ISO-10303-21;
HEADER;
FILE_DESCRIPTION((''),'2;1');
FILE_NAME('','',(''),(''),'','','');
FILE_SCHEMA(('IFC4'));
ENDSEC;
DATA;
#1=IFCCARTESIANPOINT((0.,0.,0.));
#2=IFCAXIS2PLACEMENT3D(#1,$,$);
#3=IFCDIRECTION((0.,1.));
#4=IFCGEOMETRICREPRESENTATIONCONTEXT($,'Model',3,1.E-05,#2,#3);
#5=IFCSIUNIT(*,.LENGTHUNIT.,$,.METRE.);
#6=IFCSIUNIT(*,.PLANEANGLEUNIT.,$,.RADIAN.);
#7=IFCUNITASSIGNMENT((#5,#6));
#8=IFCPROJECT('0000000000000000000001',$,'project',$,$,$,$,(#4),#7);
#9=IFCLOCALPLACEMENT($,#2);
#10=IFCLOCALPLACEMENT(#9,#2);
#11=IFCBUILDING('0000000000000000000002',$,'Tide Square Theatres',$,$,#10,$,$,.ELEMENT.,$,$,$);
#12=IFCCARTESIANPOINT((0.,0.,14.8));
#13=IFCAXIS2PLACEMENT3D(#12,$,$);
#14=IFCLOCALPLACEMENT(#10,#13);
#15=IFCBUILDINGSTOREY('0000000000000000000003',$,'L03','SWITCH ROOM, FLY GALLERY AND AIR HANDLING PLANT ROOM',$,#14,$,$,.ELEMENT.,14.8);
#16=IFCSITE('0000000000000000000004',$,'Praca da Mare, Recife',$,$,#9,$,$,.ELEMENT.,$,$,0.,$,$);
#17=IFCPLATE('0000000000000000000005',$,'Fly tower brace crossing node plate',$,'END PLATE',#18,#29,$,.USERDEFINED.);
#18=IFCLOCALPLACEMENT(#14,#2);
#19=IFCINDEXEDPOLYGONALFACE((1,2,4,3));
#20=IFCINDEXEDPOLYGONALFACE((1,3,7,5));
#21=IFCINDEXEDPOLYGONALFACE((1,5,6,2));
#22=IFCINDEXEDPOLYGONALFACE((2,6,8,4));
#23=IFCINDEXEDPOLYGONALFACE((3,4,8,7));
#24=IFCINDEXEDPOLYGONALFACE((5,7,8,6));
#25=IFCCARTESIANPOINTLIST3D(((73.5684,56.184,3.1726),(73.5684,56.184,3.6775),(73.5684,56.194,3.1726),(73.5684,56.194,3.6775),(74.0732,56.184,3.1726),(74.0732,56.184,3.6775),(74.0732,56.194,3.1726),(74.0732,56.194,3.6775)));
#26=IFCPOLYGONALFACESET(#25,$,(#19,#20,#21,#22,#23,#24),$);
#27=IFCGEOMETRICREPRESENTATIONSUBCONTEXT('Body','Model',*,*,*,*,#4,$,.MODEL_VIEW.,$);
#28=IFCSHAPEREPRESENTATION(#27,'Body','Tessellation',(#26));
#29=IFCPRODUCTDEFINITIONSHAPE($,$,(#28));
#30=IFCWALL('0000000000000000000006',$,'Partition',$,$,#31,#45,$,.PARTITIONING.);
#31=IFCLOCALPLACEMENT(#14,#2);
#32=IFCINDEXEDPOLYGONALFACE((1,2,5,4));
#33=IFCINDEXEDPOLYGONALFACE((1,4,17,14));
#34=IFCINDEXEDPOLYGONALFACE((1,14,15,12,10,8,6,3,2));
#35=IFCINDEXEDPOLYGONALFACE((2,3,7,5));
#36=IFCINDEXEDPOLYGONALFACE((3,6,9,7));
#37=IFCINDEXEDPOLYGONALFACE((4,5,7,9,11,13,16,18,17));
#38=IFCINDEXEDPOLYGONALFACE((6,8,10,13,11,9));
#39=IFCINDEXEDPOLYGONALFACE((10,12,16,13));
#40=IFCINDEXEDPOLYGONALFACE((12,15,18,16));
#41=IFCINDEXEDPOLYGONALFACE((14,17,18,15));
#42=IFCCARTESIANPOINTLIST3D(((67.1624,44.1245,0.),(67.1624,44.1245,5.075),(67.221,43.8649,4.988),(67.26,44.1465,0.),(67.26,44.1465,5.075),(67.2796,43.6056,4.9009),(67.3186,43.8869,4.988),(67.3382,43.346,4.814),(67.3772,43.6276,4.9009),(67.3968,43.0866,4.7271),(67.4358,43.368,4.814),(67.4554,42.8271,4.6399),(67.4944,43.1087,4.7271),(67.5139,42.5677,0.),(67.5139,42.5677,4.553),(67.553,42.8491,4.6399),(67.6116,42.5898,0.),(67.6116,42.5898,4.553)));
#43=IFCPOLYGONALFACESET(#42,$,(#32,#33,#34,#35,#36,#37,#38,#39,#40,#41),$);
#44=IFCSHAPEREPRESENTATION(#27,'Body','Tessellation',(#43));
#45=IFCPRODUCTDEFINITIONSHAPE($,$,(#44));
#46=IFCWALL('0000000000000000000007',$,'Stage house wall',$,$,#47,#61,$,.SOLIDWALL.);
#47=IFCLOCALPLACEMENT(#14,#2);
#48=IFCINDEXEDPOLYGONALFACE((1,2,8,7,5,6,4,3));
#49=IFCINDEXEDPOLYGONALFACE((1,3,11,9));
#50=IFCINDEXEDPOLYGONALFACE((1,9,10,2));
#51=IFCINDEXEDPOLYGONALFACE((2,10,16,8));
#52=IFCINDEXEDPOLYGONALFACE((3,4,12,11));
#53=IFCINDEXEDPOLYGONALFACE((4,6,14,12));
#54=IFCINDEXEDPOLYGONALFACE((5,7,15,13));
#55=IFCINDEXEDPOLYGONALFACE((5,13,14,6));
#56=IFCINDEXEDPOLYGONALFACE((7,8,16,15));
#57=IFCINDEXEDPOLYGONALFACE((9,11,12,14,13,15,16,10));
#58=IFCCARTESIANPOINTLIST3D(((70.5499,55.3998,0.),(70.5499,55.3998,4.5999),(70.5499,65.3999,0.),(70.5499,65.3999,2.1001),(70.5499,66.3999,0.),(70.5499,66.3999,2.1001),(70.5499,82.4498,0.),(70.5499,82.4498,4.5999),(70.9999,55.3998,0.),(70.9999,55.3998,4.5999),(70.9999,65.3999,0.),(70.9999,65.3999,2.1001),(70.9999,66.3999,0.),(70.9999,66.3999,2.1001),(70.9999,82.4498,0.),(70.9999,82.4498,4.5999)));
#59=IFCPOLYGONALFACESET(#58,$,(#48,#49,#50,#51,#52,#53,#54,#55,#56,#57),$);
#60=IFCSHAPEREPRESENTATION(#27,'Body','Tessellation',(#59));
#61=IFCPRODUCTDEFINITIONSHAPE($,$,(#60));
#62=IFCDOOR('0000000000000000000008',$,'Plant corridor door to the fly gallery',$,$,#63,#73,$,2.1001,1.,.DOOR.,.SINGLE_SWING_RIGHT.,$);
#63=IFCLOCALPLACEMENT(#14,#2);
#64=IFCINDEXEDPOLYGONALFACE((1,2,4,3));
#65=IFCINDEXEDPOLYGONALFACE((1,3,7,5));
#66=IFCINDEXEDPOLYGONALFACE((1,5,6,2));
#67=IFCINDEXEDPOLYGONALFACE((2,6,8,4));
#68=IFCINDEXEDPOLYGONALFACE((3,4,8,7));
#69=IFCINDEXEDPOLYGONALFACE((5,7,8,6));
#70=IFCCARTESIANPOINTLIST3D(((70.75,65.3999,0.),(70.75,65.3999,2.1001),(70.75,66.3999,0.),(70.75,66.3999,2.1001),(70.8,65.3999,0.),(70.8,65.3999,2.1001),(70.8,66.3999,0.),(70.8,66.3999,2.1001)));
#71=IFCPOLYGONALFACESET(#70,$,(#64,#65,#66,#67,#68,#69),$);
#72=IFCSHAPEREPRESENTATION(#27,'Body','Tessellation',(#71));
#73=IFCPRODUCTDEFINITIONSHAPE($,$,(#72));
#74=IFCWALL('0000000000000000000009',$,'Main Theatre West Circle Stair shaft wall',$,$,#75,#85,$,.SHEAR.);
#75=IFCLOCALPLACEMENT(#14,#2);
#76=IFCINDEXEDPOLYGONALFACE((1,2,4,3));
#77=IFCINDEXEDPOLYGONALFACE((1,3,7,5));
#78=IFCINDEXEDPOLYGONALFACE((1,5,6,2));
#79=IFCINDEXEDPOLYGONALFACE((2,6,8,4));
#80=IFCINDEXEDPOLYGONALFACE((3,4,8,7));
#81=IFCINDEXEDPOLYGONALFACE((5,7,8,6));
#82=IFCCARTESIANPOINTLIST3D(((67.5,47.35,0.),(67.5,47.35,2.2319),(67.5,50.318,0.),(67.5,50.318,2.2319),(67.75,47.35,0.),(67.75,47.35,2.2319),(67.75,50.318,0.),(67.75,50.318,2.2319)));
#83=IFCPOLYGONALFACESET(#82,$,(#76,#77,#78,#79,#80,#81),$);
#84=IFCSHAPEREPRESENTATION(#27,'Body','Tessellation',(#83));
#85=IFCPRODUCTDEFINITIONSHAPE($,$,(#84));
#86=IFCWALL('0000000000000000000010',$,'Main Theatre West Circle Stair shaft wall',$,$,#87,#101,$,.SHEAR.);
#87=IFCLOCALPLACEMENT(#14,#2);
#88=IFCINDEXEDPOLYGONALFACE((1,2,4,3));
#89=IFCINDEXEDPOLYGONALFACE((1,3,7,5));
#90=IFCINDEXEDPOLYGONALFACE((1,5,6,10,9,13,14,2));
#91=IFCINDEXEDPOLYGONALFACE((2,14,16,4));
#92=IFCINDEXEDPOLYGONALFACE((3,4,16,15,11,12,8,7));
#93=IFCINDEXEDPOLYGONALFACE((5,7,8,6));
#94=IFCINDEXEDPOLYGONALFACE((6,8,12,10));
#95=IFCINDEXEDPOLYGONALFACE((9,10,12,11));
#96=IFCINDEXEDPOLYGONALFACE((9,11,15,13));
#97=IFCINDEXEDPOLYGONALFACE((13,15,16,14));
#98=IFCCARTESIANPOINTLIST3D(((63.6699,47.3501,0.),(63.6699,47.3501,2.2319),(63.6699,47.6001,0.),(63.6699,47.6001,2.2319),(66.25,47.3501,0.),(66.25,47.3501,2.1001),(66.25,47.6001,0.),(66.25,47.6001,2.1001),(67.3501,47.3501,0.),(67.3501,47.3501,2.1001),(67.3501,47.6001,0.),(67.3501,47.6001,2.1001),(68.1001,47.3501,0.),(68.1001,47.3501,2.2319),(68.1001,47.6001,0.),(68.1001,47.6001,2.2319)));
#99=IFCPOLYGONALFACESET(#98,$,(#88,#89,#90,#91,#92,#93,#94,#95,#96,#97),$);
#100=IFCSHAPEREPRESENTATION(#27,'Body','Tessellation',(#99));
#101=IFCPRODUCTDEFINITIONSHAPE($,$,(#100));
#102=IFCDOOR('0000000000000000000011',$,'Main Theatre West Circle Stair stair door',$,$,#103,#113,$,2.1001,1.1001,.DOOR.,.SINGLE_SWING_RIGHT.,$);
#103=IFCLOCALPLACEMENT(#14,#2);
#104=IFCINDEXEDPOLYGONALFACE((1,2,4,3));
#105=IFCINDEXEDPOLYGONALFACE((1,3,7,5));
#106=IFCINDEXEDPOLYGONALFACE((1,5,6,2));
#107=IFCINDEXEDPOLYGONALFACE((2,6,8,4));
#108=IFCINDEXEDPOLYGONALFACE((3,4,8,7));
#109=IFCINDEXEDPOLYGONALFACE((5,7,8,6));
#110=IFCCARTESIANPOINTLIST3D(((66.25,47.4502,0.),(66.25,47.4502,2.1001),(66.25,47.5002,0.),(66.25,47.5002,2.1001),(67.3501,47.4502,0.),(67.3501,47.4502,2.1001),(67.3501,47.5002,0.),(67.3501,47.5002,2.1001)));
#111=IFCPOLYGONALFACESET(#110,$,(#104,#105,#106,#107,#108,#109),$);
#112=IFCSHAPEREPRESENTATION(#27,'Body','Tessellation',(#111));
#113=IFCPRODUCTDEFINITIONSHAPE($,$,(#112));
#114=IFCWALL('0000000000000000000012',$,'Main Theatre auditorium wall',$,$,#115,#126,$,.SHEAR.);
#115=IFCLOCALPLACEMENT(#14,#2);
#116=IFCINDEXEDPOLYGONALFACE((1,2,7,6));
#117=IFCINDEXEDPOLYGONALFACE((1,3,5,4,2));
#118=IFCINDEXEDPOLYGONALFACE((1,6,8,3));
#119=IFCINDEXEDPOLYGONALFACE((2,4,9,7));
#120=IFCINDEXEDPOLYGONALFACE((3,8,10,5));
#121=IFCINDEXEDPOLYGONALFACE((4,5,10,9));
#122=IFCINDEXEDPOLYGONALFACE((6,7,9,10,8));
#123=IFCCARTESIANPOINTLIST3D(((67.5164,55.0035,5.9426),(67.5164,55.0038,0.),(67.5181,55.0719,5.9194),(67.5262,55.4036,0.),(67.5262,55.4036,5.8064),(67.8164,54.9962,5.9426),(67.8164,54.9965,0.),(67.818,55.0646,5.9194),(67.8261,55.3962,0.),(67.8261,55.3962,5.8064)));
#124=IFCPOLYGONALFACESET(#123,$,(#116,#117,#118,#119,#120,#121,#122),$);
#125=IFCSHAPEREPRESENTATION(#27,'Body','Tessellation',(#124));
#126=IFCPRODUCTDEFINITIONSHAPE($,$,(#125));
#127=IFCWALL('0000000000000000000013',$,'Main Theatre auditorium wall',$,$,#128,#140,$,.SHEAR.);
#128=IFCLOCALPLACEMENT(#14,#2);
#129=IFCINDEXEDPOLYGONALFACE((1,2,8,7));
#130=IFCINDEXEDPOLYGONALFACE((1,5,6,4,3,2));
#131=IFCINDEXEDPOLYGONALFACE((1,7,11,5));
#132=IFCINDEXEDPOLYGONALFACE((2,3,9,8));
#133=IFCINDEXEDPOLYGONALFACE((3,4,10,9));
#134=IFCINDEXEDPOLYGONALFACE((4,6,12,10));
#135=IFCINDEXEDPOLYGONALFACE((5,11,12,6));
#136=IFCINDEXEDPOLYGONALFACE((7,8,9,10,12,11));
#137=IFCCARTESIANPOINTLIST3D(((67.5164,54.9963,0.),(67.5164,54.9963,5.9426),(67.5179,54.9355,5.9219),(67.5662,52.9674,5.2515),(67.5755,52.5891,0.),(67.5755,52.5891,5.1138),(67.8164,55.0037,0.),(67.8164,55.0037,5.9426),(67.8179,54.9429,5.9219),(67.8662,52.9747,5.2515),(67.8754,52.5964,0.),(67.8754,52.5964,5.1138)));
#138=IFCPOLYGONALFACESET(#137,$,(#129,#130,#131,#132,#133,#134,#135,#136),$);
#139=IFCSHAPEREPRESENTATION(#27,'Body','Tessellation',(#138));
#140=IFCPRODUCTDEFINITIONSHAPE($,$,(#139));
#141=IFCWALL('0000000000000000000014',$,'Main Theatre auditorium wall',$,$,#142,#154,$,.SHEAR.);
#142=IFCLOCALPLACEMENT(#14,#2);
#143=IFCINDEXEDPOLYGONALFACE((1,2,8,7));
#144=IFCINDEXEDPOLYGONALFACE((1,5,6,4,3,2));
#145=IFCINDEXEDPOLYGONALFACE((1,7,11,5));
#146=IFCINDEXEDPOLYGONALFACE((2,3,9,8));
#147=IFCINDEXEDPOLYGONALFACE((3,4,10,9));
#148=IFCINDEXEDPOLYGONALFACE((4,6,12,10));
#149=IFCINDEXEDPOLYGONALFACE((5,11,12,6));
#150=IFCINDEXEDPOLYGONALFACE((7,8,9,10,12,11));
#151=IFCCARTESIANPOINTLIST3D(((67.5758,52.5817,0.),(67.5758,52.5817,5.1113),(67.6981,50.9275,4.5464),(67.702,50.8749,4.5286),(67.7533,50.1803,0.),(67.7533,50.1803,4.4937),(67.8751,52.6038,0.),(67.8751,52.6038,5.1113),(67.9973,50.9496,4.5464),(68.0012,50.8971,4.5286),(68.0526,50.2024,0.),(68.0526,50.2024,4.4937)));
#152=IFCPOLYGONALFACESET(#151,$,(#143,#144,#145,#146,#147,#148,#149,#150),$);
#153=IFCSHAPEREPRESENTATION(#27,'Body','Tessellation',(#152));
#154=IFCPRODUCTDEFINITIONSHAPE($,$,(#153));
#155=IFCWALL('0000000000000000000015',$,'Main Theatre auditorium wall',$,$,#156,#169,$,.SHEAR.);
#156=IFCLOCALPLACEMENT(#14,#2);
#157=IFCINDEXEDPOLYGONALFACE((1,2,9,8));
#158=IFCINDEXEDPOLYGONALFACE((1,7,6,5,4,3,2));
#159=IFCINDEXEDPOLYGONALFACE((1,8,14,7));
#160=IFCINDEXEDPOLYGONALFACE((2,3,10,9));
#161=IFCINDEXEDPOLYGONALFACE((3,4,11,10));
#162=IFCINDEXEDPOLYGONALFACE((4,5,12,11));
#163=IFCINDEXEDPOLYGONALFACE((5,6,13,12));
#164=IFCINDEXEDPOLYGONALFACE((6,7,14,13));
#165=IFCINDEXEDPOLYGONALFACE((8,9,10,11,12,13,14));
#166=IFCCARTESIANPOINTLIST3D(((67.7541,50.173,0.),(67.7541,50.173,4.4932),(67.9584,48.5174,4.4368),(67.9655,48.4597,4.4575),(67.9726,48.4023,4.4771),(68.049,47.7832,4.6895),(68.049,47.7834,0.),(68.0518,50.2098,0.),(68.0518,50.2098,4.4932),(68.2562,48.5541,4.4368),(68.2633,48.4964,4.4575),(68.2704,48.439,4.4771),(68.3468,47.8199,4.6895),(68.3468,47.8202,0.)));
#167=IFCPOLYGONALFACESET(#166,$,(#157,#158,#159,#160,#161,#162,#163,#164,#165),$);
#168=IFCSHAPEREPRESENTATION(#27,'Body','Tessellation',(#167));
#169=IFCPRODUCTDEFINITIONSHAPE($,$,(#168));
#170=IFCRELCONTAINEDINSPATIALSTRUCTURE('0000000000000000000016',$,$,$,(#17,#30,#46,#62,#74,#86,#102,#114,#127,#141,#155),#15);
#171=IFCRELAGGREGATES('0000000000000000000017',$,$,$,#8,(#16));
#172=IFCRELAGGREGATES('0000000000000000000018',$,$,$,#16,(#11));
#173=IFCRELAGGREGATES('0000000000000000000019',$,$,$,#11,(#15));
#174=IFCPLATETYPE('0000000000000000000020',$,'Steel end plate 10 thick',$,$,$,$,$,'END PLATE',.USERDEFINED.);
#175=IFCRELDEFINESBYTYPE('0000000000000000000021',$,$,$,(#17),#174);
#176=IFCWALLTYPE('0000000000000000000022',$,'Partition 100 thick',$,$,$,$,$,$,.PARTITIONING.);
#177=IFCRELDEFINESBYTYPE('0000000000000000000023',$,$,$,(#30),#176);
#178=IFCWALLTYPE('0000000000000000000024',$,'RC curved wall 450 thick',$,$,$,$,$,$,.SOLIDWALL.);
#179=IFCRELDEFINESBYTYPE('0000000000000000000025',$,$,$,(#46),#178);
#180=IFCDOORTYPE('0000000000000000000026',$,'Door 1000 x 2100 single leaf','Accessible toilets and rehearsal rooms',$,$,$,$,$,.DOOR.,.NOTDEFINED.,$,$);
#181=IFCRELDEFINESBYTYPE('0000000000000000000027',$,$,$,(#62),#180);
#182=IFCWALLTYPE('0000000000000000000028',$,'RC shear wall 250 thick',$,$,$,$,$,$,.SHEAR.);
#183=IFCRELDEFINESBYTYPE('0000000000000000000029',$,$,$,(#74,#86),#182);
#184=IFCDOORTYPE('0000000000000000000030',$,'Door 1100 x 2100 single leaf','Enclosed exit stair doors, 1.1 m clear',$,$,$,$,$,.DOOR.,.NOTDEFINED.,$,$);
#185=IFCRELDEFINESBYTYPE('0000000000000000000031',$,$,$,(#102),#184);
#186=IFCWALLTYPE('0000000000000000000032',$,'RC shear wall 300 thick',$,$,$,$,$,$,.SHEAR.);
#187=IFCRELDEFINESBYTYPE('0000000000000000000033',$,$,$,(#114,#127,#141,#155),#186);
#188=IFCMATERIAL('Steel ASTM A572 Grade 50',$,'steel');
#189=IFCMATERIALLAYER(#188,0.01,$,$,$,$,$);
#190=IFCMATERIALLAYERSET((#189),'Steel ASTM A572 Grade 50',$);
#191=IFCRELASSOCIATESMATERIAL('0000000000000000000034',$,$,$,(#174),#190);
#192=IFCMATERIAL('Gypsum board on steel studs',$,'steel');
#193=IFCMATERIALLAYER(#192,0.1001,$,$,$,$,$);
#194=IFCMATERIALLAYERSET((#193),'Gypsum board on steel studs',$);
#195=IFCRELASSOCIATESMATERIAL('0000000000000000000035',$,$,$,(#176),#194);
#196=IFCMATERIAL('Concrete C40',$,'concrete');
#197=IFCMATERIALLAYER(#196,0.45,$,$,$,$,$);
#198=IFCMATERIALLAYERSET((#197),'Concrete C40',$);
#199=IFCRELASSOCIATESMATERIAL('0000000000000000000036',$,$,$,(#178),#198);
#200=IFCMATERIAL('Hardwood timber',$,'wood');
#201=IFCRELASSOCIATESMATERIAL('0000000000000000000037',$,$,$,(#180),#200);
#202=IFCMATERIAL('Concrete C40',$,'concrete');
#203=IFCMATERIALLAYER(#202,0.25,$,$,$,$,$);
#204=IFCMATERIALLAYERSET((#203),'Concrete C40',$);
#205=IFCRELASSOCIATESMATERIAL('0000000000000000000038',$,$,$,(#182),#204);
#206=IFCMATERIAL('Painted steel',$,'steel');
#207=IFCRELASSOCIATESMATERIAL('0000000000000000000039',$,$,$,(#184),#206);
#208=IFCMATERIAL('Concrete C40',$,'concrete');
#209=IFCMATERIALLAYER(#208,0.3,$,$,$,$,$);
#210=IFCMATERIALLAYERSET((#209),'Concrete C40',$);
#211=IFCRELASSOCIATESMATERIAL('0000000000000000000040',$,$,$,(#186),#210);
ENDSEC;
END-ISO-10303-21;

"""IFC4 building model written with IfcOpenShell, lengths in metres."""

from ifc_helpers import new_model, si_unit, direction, frame, frame_2d, origin, origin_2d, place, context, subcontext, project, spatial, polyline, rectangle, outline, extrude, material, layer, layer_set, type_object, element, fill, save


model = new_model("IFC4")

# Units and contexts
model_context = context("Model", 3, precision=1e-05, world=origin(), true_north=direction((0.0, 1.0)))
body_context = subcontext(model_context, "Body", "Model", "MODEL_VIEW")
ifc_project = project(units=[si_unit("LENGTHUNIT", "METRE"), si_unit("PLANEANGLEUNIT", "RADIAN")], contexts=[model_context])

# Site, building, storey
site_placement = place(None, origin())
site = spatial("IfcSite", under=ifc_project, at=site_placement, Name="Praca da Mare, Recife", CompositionType="ELEMENT", RefElevation=0.0)
building_placement = place(site_placement, origin())
building = spatial("IfcBuilding", under=site, at=building_placement, Name="Tide Square Theatres", CompositionType="ELEMENT")
storey_placement = place(building_placement, frame((0.0, 0.0, 14.8)))
storey = spatial("IfcBuildingStorey", under=building, at=storey_placement, Name="L03", Description="SWITCH ROOM, FLY GALLERY AND AIR HANDLING PLANT ROOM", CompositionType="ELEMENT", Elevation=14.8)

# Plate
ifc_material_1 = material(Name="Steel ASTM A572 Grade 50", Category="steel")
ifc_layer_1 = layer(ifc_material_1, 0.01)
ifc_layer_set_1 = layer_set([ifc_layer_1], Name="Steel ASTM A572 Grade 50")
plate_type = type_object("IfcPlateType", Name="Steel end plate 10 thick", ElementType="END PLATE", PredefinedType="USERDEFINED", material=ifc_layer_set_1)
plate_placement = place(storey_placement, frame((73.8208, 56.189, 3.1726), z_axis=(0.0, 0.0, 1.0), x_axis=(0.0, -1.0, 0.0)))
element("IfcPlate", 1, at=plate_placement, inside=storey, type_object=plate_type, Name="Fly tower brace crossing node plate", ObjectType="END PLATE", PredefinedType="USERDEFINED", context=body_context, shape_type="SweptSolid", body=[
    extrude(rectangle(XDim=0.01, YDim=0.5049, at=origin_2d()), origin(), (0.0, 0.0, 1.0), 0.5049),
])

# Wall
ifc_material_2 = material(Name="Gypsum board on steel studs", Category="steel")
ifc_layer_2 = layer(ifc_material_2, 0.1001)
ifc_layer_set_2 = layer_set([ifc_layer_2], Name="Gypsum board on steel studs")
wall_type_1 = type_object("IfcWallType", Name="Partition 100 thick", PredefinedType="PARTITIONING", material=ifc_layer_set_2)
wall_1_placement = place(storey_placement, frame((67.2112, 44.1355, 0.0), z_axis=(0.0, 0.0, 1.0), x_axis=(0.220298, -0.975433, 0.0)))
element("IfcWall", 2, at=wall_1_placement, inside=storey, type_object=wall_type_1, Name="Partition", PredefinedType="PARTITIONING", context=body_context, shape_type="SweptSolid", body=[
    extrude(outline(polyline([(0.0, 0.0), (1.5959, 0.0), (1.5959, 4.553), (1.3301, 4.6399), (1.064, 4.7271), (0.7981, 4.814), (0.532, 4.9009), (0.2661, 4.988), (0.0, 5.075), (0.0, 0.0)])), frame((0.0, 0.05, 0.0), z_axis=(0.0, -1.0, 0.0), x_axis=(1.0, 0.0, 0.0)), (0.0, 0.0, 1.0), 0.1001),
])

# Wall, opening, door
ifc_material_3 = material(Name="Concrete C40", Category="concrete")
ifc_layer_3 = layer(ifc_material_3, 0.45)
ifc_layer_set_3 = layer_set([ifc_layer_3], Name="Concrete C40")
wall_type_2 = type_object("IfcWallType", Name="RC curved wall 450 thick", PredefinedType="SOLIDWALL", material=ifc_layer_set_3)
wall_2_placement = place(storey_placement, frame((70.7749, 55.3999, 0.0), z_axis=(0.0, 0.0, 1.0), x_axis=(0.0, 1.0, 0.0)))
wall_2 = element("IfcWall", 3, at=wall_2_placement, inside=storey, type_object=wall_type_2, Name="Stage house wall", PredefinedType="SOLIDWALL", context=body_context, shape_type="SweptSolid", body=[
    extrude(rectangle(XDim=27.05, YDim=0.45, at=frame_2d((13.5249, 0.0))), origin(), (0.0, 0.0, 1.0), 4.5999),
])
opening_1_placement = place(wall_2_placement, frame((10.0, 0.0, 0.0)))
opening_1 = element("IfcOpeningElement", 4, at=opening_1_placement, cuts=wall_2, PredefinedType="OPENING", context=body_context, shape_type="SweptSolid", body=[
    extrude(rectangle(XDim=1.0, YDim=2.1001, at=frame_2d((0.5, 1.05))), frame((0.0, 0.2349, 0.0), z_axis=(0.0, -1.0, 0.0), x_axis=(1.0, 0.0, 0.0)), (0.0, 0.0, 1.0), 0.47),
])
ifc_material_4 = material(Name="Hardwood timber", Category="wood")
door_type_1 = type_object("IfcDoorType", Name="Door 1000 x 2100 single leaf", Description="Accessible toilets and rehearsal rooms", OperationType="NOTDEFINED", PredefinedType="DOOR", material=ifc_material_4)
door_1_placement = place(opening_1_placement, origin())
door_1 = element("IfcDoor", 5, at=door_1_placement, inside=storey, type_object=door_type_1, Name="Plant corridor door to the fly gallery", OperationType="SINGLE_SWING_RIGHT", OverallHeight=2.1001, OverallWidth=1.0, PredefinedType="DOOR", context=body_context, shape_type="SweptSolid", body=[
    extrude(rectangle(XDim=1.0, YDim=2.1001, at=frame_2d((0.5, 1.05))), frame((0.0, 0.0249, 0.0), z_axis=(0.0, -1.0, 0.0), x_axis=(1.0, 0.0, 0.0)), (0.0, 0.0, 1.0), 0.05),
])
fill(opening_1, door_1)

# Wall
ifc_material_5 = material(Name="Concrete C40", Category="concrete")
ifc_layer_4 = layer(ifc_material_5, 0.25)
ifc_layer_set_4 = layer_set([ifc_layer_4], Name="Concrete C40")
wall_type_3 = type_object("IfcWallType", Name="RC shear wall 250 thick", PredefinedType="SHEAR", material=ifc_layer_set_4)
wall_3_placement = place(storey_placement, frame((67.625, 47.3501, 0.0), z_axis=(0.0, 0.0, 1.0), x_axis=(0.0, 1.0, 0.0)))
element("IfcWall", 6, at=wall_3_placement, inside=storey, type_object=wall_type_3, Name="Main Theatre West Circle Stair shaft wall", PredefinedType="SHEAR", context=body_context, shape_type="SweptSolid", body=[
    extrude(rectangle(XDim=2.968, YDim=0.25, at=frame_2d((1.4839, 0.0))), origin(), (0.0, 0.0, 1.0), 2.2319),
])

# Wall, opening, door
wall_4_placement = place(storey_placement, frame((68.1001, 47.4751, 0.0), z_axis=(0.0, 0.0, 1.0), x_axis=(-1.0, 0.0, 0.0)))
wall_4 = element("IfcWall", 7, at=wall_4_placement, inside=storey, type_object=wall_type_3, Name="Main Theatre West Circle Stair shaft wall", PredefinedType="SHEAR", context=body_context, shape_type="SweptSolid", body=[
    extrude(rectangle(XDim=4.4302, YDim=0.25, at=frame_2d((2.2151, 0.0))), origin(), (0.0, 0.0, 1.0), 2.2319),
])
opening_2_placement = place(wall_4_placement, frame((0.75, 0.0, 0.0)))
opening_2 = element("IfcOpeningElement", 8, at=opening_2_placement, cuts=wall_4, PredefinedType="OPENING", context=body_context, shape_type="SweptSolid", body=[
    extrude(rectangle(XDim=1.1001, YDim=2.1001, at=frame_2d((0.55, 1.05))), frame((0.0, 0.135, 0.0), z_axis=(0.0, -1.0, 0.0), x_axis=(1.0, 0.0, 0.0)), (0.0, 0.0, 1.0), 0.27),
])
ifc_material_6 = material(Name="Painted steel", Category="steel")
door_type_2 = type_object("IfcDoorType", Name="Door 1100 x 2100 single leaf", Description="Enclosed exit stair doors, 1.1 m clear", OperationType="NOTDEFINED", PredefinedType="DOOR", material=ifc_material_6)
door_2_placement = place(opening_2_placement, origin())
door_2 = element("IfcDoor", 9, at=door_2_placement, inside=storey, type_object=door_type_2, Name="Main Theatre West Circle Stair stair door", OperationType="SINGLE_SWING_RIGHT", OverallHeight=2.1001, OverallWidth=1.1001, PredefinedType="DOOR", context=body_context, shape_type="SweptSolid", body=[
    extrude(rectangle(XDim=1.1001, YDim=2.1001, at=frame_2d((0.55, 1.05))), frame((0.0, 0.0249, 0.0), z_axis=(0.0, -1.0, 0.0), x_axis=(1.0, 0.0, 0.0)), (0.0, 0.0, 1.0), 0.05),
])
fill(opening_2, door_2)

# Walls
ifc_material_7 = material(Name="Concrete C40", Category="concrete")
ifc_layer_5 = layer(ifc_material_7, 0.3)
ifc_layer_set_5 = layer_set([ifc_layer_5], Name="Concrete C40")
wall_type_4 = type_object("IfcWallType", Name="RC shear wall 300 thick", PredefinedType="SHEAR", material=ifc_layer_set_5)
wall_5_placement = place(storey_placement, frame((67.6763, 55.3999, 0.0), z_axis=(0.0, 0.0, 1.0), x_axis=(-0.024413, -0.999702, 0.0)))
element("IfcWall", 10, at=wall_5_placement, inside=storey, type_object=wall_type_4, Name="Main Theatre auditorium wall", PredefinedType="SHEAR", context=body_context, shape_type="SweptSolid", body=[
    extrude(outline(polyline([(0.0, 0.0), (0.3999, 0.0), (0.4001, 5.9426), (0.3318, 5.9194), (0.0, 5.8064), (0.0, 0.0)])), frame((0.0, 0.1499, 0.0), z_axis=(0.0, -1.0, 0.0), x_axis=(1.0, 0.0, 0.0)), (0.0, 0.0, 1.0), 0.3),
])
wall_6_placement = place(storey_placement, frame((67.6665, 55.0, 0.0), z_axis=(0.0, 0.0, 1.0), x_axis=(0.024536, -0.999699, 0.0)))
element("IfcWall", 11, at=wall_6_placement, inside=storey, type_object=wall_type_4, Name="Main Theatre auditorium wall", PredefinedType="SHEAR", context=body_context, shape_type="SweptSolid", body=[
    extrude(outline(polyline([(0.0, 0.0), (2.408, 0.0), (2.408, 5.1138), (2.0295, 5.2515), (0.0608, 5.9219), (0.0, 5.9426), (0.0, 0.0)])), frame((0.0, 0.1499, 0.0), z_axis=(0.0, -1.0, 0.0), x_axis=(1.0, 0.0, 0.0)), (0.0, 0.0, 1.0), 0.3),
])
wall_7_placement = place(storey_placement, frame((67.7256, 52.5928, 0.0), z_axis=(0.0, 0.0, 1.0), x_axis=(0.073711, -0.99728, 0.0)))
element("IfcWall", 12, at=wall_7_placement, inside=storey, type_object=wall_type_4, Name="Main Theatre auditorium wall", PredefinedType="SHEAR", context=body_context, shape_type="SweptSolid", body=[
    extrude(outline(polyline([(0.0, 0.0), (2.408, 0.0), (2.408, 4.4937), (1.7114, 4.5286), (1.6587, 4.5464), (0.0, 5.1113), (0.0, 0.0)])), frame((0.0, 0.1499, 0.0), z_axis=(0.0, -1.0, 0.0), x_axis=(1.0, 0.0, 0.0)), (0.0, 0.0, 1.0), 0.3),
])
wall_8_placement = place(storey_placement, frame((67.9031, 50.1914, 0.0), z_axis=(0.0, 0.0, 1.0), x_axis=(0.122487, -0.99247, 0.0)))
element("IfcWall", 13, at=wall_8_placement, inside=storey, type_object=wall_type_4, Name="Main Theatre auditorium wall", PredefinedType="SHEAR", context=body_context, shape_type="SweptSolid", body=[
    extrude(outline(polyline([(0.0, 0.0), (2.4077, 0.0), (2.408, 4.6895), (1.7842, 4.4771), (1.7263, 4.4575), (1.6682, 4.4368), (0.0, 4.4932), (0.0, 0.0)])), frame((0.0, 0.1499, 0.0), z_axis=(0.0, -1.0, 0.0), x_axis=(1.0, 0.0, 0.0)), (0.0, 0.0, 1.0), 0.3),
])

save(model, "model.ifc")
